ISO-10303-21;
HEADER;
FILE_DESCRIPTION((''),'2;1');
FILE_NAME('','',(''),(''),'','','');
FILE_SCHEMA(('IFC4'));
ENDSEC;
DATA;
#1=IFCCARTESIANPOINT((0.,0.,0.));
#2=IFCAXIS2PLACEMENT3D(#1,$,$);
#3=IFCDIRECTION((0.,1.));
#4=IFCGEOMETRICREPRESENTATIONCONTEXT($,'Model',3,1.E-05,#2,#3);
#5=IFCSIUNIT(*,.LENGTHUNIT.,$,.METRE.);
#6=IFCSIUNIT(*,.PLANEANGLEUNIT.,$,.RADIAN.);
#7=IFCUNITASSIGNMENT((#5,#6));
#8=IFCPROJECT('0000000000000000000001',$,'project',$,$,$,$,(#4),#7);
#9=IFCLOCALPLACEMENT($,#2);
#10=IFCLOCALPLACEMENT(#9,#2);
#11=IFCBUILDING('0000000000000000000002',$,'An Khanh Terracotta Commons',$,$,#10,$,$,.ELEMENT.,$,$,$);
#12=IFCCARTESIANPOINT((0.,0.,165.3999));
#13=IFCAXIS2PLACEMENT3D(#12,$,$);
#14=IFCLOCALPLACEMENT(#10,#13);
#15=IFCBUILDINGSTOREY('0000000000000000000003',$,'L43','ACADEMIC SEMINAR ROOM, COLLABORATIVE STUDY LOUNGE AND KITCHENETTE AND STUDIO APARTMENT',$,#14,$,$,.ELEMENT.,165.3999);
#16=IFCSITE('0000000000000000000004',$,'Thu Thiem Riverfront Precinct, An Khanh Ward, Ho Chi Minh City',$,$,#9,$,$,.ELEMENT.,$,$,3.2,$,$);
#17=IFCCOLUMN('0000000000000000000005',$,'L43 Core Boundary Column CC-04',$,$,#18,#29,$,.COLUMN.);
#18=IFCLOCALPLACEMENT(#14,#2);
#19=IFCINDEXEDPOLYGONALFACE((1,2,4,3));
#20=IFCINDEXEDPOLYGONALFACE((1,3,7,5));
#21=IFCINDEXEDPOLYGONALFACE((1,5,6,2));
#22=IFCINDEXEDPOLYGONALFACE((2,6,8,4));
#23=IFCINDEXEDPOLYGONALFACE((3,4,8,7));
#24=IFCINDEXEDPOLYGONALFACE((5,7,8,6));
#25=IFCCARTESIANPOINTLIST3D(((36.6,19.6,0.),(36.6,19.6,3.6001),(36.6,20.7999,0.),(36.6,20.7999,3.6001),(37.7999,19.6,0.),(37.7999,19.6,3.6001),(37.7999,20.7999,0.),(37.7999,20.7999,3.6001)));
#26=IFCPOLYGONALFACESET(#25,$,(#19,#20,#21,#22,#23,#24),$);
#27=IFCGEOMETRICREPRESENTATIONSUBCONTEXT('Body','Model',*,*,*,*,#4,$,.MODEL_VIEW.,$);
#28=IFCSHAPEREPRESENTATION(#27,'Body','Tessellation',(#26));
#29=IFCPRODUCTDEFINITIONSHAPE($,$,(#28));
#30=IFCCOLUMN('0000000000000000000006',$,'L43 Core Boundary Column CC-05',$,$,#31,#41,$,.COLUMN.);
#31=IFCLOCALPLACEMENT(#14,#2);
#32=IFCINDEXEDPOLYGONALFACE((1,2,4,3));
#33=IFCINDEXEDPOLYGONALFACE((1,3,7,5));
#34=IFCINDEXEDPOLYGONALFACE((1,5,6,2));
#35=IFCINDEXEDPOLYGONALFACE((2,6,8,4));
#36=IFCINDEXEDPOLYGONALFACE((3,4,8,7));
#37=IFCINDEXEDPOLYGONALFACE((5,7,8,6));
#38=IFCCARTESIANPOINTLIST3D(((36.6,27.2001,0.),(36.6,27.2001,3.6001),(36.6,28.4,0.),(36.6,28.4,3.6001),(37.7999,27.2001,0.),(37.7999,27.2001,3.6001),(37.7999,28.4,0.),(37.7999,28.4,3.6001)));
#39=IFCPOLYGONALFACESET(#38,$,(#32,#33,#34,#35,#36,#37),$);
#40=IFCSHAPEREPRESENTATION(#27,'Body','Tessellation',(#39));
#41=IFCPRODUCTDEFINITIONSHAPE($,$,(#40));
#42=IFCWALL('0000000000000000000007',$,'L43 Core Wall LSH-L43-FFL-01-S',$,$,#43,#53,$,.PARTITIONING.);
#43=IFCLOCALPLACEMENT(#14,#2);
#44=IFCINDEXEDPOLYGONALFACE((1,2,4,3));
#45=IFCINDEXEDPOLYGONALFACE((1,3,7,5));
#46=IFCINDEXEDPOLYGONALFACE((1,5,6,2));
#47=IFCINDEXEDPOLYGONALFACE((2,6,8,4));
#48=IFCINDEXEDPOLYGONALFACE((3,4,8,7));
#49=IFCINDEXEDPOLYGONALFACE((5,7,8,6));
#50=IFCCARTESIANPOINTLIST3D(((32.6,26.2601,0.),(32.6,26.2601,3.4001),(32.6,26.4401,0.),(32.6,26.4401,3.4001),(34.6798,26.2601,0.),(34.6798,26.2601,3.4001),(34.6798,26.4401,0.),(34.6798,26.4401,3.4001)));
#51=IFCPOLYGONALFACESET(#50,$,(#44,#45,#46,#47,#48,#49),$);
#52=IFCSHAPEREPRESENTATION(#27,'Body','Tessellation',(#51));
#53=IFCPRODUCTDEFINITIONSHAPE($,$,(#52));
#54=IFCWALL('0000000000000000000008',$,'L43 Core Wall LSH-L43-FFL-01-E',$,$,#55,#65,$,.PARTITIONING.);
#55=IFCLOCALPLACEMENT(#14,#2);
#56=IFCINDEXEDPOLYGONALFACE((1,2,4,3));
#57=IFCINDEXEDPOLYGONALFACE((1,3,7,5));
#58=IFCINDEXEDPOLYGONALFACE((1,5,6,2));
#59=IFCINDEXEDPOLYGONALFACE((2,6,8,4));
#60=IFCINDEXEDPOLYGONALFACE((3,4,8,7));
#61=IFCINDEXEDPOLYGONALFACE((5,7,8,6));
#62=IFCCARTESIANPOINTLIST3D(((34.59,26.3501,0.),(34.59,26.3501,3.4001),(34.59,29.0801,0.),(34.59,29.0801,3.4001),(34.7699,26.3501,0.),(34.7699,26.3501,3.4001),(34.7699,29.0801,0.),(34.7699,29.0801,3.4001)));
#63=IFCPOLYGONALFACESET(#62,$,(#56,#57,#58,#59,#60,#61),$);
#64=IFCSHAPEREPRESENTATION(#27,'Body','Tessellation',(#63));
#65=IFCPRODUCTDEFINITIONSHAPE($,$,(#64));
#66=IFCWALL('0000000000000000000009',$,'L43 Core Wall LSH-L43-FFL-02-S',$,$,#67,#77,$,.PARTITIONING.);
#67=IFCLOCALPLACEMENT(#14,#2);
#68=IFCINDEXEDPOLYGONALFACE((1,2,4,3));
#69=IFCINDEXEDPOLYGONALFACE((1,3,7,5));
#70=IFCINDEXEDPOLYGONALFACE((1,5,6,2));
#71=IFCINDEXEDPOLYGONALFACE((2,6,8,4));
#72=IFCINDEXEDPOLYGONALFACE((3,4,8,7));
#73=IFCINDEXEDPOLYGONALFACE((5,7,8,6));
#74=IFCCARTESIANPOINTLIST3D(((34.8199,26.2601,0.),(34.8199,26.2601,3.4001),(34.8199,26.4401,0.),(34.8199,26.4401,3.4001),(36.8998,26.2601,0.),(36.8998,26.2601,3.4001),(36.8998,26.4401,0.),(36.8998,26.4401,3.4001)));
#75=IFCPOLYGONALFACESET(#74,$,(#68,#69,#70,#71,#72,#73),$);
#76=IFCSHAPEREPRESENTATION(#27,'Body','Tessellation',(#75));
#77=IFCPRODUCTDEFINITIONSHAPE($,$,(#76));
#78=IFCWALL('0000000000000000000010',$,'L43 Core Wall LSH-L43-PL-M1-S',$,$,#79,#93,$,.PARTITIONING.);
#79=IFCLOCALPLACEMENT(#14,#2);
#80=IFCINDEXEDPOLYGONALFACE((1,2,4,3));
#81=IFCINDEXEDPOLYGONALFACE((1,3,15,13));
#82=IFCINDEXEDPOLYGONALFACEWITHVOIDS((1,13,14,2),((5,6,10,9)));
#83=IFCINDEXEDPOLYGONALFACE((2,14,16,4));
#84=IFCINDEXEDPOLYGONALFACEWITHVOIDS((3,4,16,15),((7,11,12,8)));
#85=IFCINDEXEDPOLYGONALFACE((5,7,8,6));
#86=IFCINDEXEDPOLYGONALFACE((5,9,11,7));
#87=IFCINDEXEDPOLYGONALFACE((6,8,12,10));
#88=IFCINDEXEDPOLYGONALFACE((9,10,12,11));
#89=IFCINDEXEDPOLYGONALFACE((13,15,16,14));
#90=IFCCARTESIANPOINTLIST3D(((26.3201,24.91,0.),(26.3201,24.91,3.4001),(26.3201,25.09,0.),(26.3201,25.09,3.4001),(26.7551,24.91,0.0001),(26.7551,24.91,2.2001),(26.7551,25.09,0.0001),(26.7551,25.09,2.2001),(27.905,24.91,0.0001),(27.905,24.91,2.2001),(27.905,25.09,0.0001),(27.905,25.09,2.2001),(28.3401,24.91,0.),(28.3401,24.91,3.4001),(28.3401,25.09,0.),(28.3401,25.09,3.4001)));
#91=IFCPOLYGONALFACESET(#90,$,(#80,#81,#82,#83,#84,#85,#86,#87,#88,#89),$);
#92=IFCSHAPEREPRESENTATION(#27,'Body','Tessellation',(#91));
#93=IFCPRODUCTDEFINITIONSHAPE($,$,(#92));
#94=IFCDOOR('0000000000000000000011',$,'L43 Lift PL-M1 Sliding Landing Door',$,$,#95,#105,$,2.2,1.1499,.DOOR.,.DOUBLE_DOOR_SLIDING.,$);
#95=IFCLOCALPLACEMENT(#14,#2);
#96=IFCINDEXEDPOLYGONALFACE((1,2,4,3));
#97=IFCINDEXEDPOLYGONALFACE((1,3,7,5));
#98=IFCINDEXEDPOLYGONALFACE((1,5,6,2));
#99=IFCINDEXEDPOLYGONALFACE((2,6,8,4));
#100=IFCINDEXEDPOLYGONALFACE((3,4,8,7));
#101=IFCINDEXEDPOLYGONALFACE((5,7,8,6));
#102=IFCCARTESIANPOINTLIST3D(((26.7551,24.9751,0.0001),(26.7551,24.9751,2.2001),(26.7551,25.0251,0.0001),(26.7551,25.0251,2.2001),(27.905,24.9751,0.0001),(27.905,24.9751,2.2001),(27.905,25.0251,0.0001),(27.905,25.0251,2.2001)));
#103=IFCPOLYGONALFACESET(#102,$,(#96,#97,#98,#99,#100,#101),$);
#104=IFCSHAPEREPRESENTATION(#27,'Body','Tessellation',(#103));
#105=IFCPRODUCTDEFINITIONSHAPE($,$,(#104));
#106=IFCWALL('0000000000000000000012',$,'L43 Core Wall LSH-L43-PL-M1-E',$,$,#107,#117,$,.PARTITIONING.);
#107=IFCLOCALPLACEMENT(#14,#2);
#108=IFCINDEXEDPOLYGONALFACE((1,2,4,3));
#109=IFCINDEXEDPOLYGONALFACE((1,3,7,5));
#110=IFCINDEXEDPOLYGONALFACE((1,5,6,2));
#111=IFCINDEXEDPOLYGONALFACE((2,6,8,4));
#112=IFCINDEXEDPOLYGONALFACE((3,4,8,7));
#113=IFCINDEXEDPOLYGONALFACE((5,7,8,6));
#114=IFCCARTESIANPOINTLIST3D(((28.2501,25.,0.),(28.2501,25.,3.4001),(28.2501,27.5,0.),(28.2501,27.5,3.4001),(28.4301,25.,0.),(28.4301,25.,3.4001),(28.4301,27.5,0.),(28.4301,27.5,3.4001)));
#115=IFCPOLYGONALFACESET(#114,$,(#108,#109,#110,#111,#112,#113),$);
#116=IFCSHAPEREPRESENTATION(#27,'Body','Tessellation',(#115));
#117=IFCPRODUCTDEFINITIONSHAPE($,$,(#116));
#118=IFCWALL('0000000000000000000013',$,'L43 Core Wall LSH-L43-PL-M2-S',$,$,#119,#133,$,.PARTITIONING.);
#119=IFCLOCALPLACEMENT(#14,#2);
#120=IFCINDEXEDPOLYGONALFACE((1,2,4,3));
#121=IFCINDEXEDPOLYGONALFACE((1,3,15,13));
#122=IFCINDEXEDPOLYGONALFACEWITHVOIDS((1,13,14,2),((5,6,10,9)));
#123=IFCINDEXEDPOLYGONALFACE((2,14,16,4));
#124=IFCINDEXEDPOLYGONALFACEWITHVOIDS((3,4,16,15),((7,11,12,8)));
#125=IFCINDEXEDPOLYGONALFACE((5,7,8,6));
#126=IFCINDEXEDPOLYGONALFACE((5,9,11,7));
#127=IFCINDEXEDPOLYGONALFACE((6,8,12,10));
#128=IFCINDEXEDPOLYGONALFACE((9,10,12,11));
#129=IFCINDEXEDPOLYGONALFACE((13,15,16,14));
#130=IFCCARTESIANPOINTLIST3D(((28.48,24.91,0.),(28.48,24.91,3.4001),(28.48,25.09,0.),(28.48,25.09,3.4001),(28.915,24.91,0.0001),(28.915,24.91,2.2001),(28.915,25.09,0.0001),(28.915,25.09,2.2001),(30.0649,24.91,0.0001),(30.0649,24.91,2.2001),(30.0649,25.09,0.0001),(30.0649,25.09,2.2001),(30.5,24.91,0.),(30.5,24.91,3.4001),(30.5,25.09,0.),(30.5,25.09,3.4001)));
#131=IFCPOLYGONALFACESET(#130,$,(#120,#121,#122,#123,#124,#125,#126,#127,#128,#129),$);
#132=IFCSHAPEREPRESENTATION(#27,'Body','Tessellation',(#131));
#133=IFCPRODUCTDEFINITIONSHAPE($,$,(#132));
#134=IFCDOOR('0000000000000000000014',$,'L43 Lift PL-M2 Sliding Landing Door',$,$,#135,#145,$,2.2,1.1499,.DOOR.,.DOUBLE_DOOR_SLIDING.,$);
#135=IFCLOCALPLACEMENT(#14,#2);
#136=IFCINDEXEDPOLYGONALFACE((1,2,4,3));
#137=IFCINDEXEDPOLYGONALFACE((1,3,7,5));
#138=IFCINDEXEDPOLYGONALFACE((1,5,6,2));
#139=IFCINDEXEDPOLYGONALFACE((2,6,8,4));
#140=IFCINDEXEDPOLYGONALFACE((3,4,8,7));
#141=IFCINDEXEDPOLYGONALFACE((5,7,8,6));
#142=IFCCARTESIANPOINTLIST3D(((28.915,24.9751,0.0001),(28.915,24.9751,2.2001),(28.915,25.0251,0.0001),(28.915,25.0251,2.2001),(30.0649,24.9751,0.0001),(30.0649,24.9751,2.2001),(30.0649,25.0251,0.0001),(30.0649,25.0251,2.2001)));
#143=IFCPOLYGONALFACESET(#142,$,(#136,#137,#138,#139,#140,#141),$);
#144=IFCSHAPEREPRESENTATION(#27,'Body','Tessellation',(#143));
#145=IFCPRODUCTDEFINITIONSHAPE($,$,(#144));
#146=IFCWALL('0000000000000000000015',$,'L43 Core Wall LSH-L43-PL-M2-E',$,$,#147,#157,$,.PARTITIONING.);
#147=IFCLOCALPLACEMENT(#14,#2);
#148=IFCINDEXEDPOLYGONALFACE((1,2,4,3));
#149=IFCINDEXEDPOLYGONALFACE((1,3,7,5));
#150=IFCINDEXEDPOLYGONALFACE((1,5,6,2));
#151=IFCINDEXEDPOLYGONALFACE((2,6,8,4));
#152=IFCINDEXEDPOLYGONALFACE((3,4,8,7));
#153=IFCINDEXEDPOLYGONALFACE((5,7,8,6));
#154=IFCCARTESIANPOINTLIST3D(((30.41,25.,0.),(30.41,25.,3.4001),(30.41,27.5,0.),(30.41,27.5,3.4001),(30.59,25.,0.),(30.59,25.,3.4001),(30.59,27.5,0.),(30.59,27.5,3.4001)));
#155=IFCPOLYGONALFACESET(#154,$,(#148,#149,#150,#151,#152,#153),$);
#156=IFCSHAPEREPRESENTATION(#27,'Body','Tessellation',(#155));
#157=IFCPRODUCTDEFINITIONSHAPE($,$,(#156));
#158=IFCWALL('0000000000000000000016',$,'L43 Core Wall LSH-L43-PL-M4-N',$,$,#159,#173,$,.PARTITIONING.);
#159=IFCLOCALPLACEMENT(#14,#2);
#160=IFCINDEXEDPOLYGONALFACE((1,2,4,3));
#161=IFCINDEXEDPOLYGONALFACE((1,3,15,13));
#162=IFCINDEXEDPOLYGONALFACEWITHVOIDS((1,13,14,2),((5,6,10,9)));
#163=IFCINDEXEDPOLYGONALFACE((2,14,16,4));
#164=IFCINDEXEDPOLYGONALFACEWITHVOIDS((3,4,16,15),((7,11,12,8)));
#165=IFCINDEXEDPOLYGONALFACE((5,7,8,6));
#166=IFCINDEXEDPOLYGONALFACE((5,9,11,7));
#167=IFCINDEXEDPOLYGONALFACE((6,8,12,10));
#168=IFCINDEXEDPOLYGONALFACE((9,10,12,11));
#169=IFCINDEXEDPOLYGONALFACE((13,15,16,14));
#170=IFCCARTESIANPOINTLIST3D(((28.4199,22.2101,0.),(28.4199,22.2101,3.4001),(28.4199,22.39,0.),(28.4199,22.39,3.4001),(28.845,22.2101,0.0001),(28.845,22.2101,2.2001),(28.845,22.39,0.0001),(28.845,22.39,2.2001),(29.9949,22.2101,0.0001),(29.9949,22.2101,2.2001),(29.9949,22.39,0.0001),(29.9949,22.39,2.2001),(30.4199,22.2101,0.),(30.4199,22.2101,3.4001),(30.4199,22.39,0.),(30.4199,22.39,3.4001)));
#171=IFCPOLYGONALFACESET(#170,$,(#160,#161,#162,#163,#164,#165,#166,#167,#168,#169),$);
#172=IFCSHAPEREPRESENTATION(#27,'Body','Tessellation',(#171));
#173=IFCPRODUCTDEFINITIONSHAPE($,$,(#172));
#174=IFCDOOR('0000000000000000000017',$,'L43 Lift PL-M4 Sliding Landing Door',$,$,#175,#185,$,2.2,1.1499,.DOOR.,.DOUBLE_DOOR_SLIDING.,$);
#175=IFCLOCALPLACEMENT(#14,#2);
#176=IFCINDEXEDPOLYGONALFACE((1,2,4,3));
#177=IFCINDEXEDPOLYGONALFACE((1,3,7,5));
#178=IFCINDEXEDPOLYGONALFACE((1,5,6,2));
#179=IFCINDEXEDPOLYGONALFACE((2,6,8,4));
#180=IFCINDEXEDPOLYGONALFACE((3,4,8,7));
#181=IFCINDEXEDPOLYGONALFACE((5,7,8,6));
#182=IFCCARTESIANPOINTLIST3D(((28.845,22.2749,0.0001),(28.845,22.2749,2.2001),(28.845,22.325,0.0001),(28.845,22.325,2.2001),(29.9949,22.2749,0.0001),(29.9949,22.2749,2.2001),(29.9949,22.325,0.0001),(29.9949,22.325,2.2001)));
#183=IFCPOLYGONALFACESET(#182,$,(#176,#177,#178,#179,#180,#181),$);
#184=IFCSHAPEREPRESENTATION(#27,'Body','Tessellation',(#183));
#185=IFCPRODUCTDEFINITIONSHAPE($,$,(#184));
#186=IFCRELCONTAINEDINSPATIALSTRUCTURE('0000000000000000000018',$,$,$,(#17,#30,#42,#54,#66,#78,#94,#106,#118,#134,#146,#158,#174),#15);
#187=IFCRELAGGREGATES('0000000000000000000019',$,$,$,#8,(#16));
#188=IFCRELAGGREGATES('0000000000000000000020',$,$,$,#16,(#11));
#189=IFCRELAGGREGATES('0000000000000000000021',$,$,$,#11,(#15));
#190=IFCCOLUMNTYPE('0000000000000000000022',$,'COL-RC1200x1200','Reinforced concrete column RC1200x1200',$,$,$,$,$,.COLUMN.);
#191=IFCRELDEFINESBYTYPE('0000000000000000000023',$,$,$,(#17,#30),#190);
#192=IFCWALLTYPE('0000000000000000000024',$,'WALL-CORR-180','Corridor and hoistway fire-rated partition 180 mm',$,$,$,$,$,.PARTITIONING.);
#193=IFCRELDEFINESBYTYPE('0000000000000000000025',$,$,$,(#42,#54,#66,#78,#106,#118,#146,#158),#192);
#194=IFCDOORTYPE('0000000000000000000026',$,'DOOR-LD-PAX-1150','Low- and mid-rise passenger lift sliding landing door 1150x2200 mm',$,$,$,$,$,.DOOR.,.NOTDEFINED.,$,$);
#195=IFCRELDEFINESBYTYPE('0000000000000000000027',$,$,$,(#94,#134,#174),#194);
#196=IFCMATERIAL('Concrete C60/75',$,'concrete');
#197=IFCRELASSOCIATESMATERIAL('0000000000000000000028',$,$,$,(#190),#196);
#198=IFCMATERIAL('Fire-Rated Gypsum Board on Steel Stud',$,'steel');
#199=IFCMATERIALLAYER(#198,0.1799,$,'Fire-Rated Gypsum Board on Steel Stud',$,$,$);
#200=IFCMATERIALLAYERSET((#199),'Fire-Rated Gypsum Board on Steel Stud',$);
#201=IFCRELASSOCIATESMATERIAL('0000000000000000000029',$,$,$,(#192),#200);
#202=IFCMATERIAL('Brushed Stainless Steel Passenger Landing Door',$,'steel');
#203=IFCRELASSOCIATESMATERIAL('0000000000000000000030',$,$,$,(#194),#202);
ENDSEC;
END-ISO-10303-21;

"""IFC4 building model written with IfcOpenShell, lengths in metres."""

from ifc_helpers import new_model, si_unit, direction, frame, frame_2d, origin, origin_2d, place, context, subcontext, project, spatial, rectangle, extrude, material, layer, layer_set, material_profile, profile_set, type_object, element, fill, save


model = new_model("IFC4")

# Units and contexts
model_context = context("Model", 3, precision=1e-05, world=origin(), true_north=direction((0.0, 1.0)))
body_context = subcontext(model_context, "Body", "Model", "MODEL_VIEW")
ifc_project = project(units=[si_unit("LENGTHUNIT", "METRE"), si_unit("PLANEANGLEUNIT", "RADIAN")], contexts=[model_context])

# Site, building, storey
site_placement = place(None, origin())
site = spatial("IfcSite", under=ifc_project, at=site_placement, Name="Thu Thiem Riverfront Precinct, An Khanh Ward, Ho Chi Minh City", CompositionType="ELEMENT", RefElevation=3.2)
building_placement = place(site_placement, origin())
building = spatial("IfcBuilding", under=site, at=building_placement, Name="An Khanh Terracotta Commons", CompositionType="ELEMENT")
storey_placement = place(building_placement, frame((0.0, 0.0, 165.3999)))
storey = spatial("IfcBuildingStorey", under=building, at=storey_placement, Name="L43", Description="ACADEMIC SEMINAR ROOM, COLLABORATIVE STUDY LOUNGE AND KITCHENETTE AND STUDIO APARTMENT", CompositionType="ELEMENT", Elevation=165.3999)

# Columns
ifc_material_1 = material(Name="Concrete C60/75", Category="concrete")
ifc_material_profile = material_profile(ifc_material_1, rectangle(XDim=1.2, YDim=1.2, at=origin_2d()), Name="RC1200x1200")
ifc_profile_set = profile_set([ifc_material_profile], Name="Concrete C60/75")
column_type = type_object("IfcColumnType", Name="COL-RC1200x1200", Description="Reinforced concrete column RC1200x1200", PredefinedType="COLUMN", material=ifc_profile_set)
for number, where, z_axis, x_axis, name in (
    (1, (37.2, 20.2, 0.0), (0.0, 0.0, 1.0), (1.0, 0.0, 0.0), "L43 Core Boundary Column CC-04"),
    (2, (37.2, 27.8, 0.0), (0.0, 0.0, 1.0), (1.0, 0.0, 0.0), "L43 Core Boundary Column CC-05"),
):
    element("IfcColumn", number, at=place(storey_placement, frame(where, z_axis=z_axis, x_axis=x_axis)), inside=storey, type_object=column_type, Name=name, PredefinedType="COLUMN", context=body_context, shape_type="SweptSolid", body=[
        extrude(rectangle(XDim=1.2, YDim=1.2, at=origin_2d()), origin(), (0.0, 0.0, 1.0), 3.6001),
    ])

# Walls
ifc_material_2 = material(Name="Fire-Rated Gypsum Board on Steel Stud", Category="steel")
ifc_layer = layer(ifc_material_2, 0.1799, Name="Fire-Rated Gypsum Board on Steel Stud")
ifc_layer_set = layer_set([ifc_layer], Name="Fire-Rated Gypsum Board on Steel Stud")
wall_type = type_object("IfcWallType", Name="WALL-CORR-180", Description="Corridor and hoistway fire-rated partition 180 mm", PredefinedType="PARTITIONING", material=ifc_layer_set)
wall_1_placement = place(storey_placement, frame((34.6799, 26.3501, 0.0), z_axis=(0.0, 0.0, 1.0), x_axis=(-1.0, 0.0, 0.0)))
element("IfcWall", 3, at=wall_1_placement, inside=storey, type_object=wall_type, Name="L43 Core Wall LSH-L43-FFL-01-S", PredefinedType="PARTITIONING", context=body_context, shape_type="SweptSolid", body=[
    extrude(rectangle(XDim=2.0798, YDim=0.1799, at=frame_2d((1.04, 0.0))), origin(), (0.0, 0.0, 1.0), 3.4001),
])
wall_2_placement = place(storey_placement, frame((34.6799, 26.3501, 0.0), z_axis=(0.0, 0.0, 1.0), x_axis=(0.0, 1.0, 0.0)))
element("IfcWall", 4, at=wall_2_placement, inside=storey, type_object=wall_type, Name="L43 Core Wall LSH-L43-FFL-01-E", PredefinedType="PARTITIONING", context=body_context, shape_type="SweptSolid", body=[
    extrude(rectangle(XDim=2.73, YDim=0.1799, at=frame_2d((1.365, 0.0))), origin(), (0.0, 0.0, 1.0), 3.4001),
])
wall_3_placement = place(storey_placement, frame((36.8999, 26.3501, 0.0), z_axis=(0.0, 0.0, 1.0), x_axis=(-1.0, 0.0, 0.0)))
element("IfcWall", 5, at=wall_3_placement, inside=storey, type_object=wall_type, Name="L43 Core Wall LSH-L43-FFL-02-S", PredefinedType="PARTITIONING", context=body_context, shape_type="SweptSolid", body=[
    extrude(rectangle(XDim=2.0798, YDim=0.1799, at=frame_2d((1.04, 0.0))), origin(), (0.0, 0.0, 1.0), 3.4001),
])

# Wall, opening, door
wall_4_placement = place(storey_placement, frame((28.3401, 25.0, 0.0), z_axis=(0.0, 0.0, 1.0), x_axis=(-1.0, 0.0, 0.0)))
wall_4 = element("IfcWall", 6, at=wall_4_placement, inside=storey, type_object=wall_type, Name="L43 Core Wall LSH-L43-PL-M1-S", PredefinedType="PARTITIONING", context=body_context, shape_type="SweptSolid", body=[
    extrude(rectangle(XDim=2.02, YDim=0.1799, at=frame_2d((1.01, 0.0))), origin(), (0.0, 0.0, 1.0), 3.4001),
])
opening_1_placement = place(wall_4_placement, frame((0.4351, 0.0, 0.0)))
opening_1 = element("IfcOpeningElement", 7, at=opening_1_placement, cuts=wall_4, PredefinedType="OPENING", context=body_context, shape_type="SweptSolid", body=[
    extrude(rectangle(XDim=1.1499, YDim=2.2, at=frame_2d((0.575, 1.1001))), frame((0.0, 0.0999, 0.0), z_axis=(0.0, -1.0, 0.0), x_axis=(1.0, 0.0, 0.0)), (0.0, 0.0, 1.0), 0.2),
])
ifc_material_3 = material(Name="Brushed Stainless Steel Passenger Landing Door", Category="steel")
door_type = type_object("IfcDoorType", Name="DOOR-LD-PAX-1150", Description="Low- and mid-rise passenger lift sliding landing door 1150x2200 mm", OperationType="NOTDEFINED", PredefinedType="DOOR", material=ifc_material_3)
door_1_placement = place(opening_1_placement, origin())
door_1 = element("IfcDoor", 8, at=door_1_placement, inside=storey, type_object=door_type, Name="L43 Lift PL-M1 Sliding Landing Door", OperationType="DOUBLE_DOOR_SLIDING", OverallHeight=2.2, OverallWidth=1.1499, PredefinedType="DOOR", context=body_context, shape_type="SweptSolid", body=[
    extrude(rectangle(XDim=1.1499, YDim=2.2, at=frame_2d((0.575, 1.1001))), frame((0.0, 0.0249, 0.0), z_axis=(0.0, -1.0, 0.0), x_axis=(1.0, 0.0, 0.0)), (0.0, 0.0, 1.0), 0.05),
])
fill(opening_1, door_1)

# Wall
wall_5_placement = place(storey_placement, frame((28.3401, 25.0, 0.0), z_axis=(0.0, 0.0, 1.0), x_axis=(0.0, 1.0, 0.0)))
element("IfcWall", 9, at=wall_5_placement, inside=storey, type_object=wall_type, Name="L43 Core Wall LSH-L43-PL-M1-E", PredefinedType="PARTITIONING", context=body_context, shape_type="SweptSolid", body=[
    extrude(rectangle(XDim=2.5, YDim=0.1799, at=frame_2d((1.25, 0.0))), origin(), (0.0, 0.0, 1.0), 3.4001),
])

# Wall, opening, door
wall_6_placement = place(storey_placement, frame((30.5, 25.0, 0.0), z_axis=(0.0, 0.0, 1.0), x_axis=(-1.0, 0.0, 0.0)))
wall_6 = element("IfcWall", 10, at=wall_6_placement, inside=storey, type_object=wall_type, Name="L43 Core Wall LSH-L43-PL-M2-S", PredefinedType="PARTITIONING", context=body_context, shape_type="SweptSolid", body=[
    extrude(rectangle(XDim=2.02, YDim=0.1799, at=frame_2d((1.01, 0.0))), origin(), (0.0, 0.0, 1.0), 3.4001),
])
opening_2_placement = place(wall_6_placement, frame((0.4351, 0.0, 0.0)))
opening_2 = element("IfcOpeningElement", 11, at=opening_2_placement, cuts=wall_6, PredefinedType="OPENING", context=body_context, shape_type="SweptSolid", body=[
    extrude(rectangle(XDim=1.1499, YDim=2.2, at=frame_2d((0.575, 1.1001))), frame((0.0, 0.0999, 0.0), z_axis=(0.0, -1.0, 0.0), x_axis=(1.0, 0.0, 0.0)), (0.0, 0.0, 1.0), 0.2),
])
door_2_placement = place(opening_2_placement, origin())
door_2 = element("IfcDoor", 12, at=door_2_placement, inside=storey, type_object=door_type, Name="L43 Lift PL-M2 Sliding Landing Door", OperationType="DOUBLE_DOOR_SLIDING", OverallHeight=2.2, OverallWidth=1.1499, PredefinedType="DOOR", context=body_context, shape_type="SweptSolid", body=[
    extrude(rectangle(XDim=1.1499, YDim=2.2, at=frame_2d((0.575, 1.1001))), frame((0.0, 0.0249, 0.0), z_axis=(0.0, -1.0, 0.0), x_axis=(1.0, 0.0, 0.0)), (0.0, 0.0, 1.0), 0.05),
])
fill(opening_2, door_2)

# Wall
wall_7_placement = place(storey_placement, frame((30.5, 25.0, 0.0), z_axis=(0.0, 0.0, 1.0), x_axis=(0.0, 1.0, 0.0)))
element("IfcWall", 13, at=wall_7_placement, inside=storey, type_object=wall_type, Name="L43 Core Wall LSH-L43-PL-M2-E", PredefinedType="PARTITIONING", context=body_context, shape_type="SweptSolid", body=[
    extrude(rectangle(XDim=2.5, YDim=0.1799, at=frame_2d((1.25, 0.0))), origin(), (0.0, 0.0, 1.0), 3.4001),
])

# Wall, opening, door
wall_8_placement = place(storey_placement, frame((28.4199, 22.3, 0.0), z_axis=(0.0, 0.0, 1.0), x_axis=(1.0, 0.0, 0.0)))
wall_8 = element("IfcWall", 14, at=wall_8_placement, inside=storey, type_object=wall_type, Name="L43 Core Wall LSH-L43-PL-M4-N", PredefinedType="PARTITIONING", context=body_context, shape_type="SweptSolid", body=[
    extrude(rectangle(XDim=2.0, YDim=0.1799, at=frame_2d((1.0, 0.0))), origin(), (0.0, 0.0, 1.0), 3.4001),
])
opening_3_placement = place(wall_8_placement, frame((0.425, 0.0, 0.0)))
opening_3 = element("IfcOpeningElement", 15, at=opening_3_placement, cuts=wall_8, PredefinedType="OPENING", context=body_context, shape_type="SweptSolid", body=[
    extrude(rectangle(XDim=1.1499, YDim=2.2, at=frame_2d((0.575, 1.1001))), frame((0.0, 0.0999, 0.0), z_axis=(0.0, -1.0, 0.0), x_axis=(1.0, 0.0, 0.0)), (0.0, 0.0, 1.0), 0.2),
])
door_3_placement = place(opening_3_placement, origin())
door_3 = element("IfcDoor", 16, at=door_3_placement, inside=storey, type_object=door_type, Name="L43 Lift PL-M4 Sliding Landing Door", OperationType="DOUBLE_DOOR_SLIDING", OverallHeight=2.2, OverallWidth=1.1499, PredefinedType="DOOR", context=body_context, shape_type="SweptSolid", body=[
    extrude(rectangle(XDim=1.1499, YDim=2.2, at=frame_2d((0.575, 1.1001))), frame((0.0, 0.0249, 0.0), z_axis=(0.0, -1.0, 0.0), x_axis=(1.0, 0.0, 0.0)), (0.0, 0.0, 1.0), 0.05),
])
fill(opening_3, door_3)

save(model, "model.ifc")
